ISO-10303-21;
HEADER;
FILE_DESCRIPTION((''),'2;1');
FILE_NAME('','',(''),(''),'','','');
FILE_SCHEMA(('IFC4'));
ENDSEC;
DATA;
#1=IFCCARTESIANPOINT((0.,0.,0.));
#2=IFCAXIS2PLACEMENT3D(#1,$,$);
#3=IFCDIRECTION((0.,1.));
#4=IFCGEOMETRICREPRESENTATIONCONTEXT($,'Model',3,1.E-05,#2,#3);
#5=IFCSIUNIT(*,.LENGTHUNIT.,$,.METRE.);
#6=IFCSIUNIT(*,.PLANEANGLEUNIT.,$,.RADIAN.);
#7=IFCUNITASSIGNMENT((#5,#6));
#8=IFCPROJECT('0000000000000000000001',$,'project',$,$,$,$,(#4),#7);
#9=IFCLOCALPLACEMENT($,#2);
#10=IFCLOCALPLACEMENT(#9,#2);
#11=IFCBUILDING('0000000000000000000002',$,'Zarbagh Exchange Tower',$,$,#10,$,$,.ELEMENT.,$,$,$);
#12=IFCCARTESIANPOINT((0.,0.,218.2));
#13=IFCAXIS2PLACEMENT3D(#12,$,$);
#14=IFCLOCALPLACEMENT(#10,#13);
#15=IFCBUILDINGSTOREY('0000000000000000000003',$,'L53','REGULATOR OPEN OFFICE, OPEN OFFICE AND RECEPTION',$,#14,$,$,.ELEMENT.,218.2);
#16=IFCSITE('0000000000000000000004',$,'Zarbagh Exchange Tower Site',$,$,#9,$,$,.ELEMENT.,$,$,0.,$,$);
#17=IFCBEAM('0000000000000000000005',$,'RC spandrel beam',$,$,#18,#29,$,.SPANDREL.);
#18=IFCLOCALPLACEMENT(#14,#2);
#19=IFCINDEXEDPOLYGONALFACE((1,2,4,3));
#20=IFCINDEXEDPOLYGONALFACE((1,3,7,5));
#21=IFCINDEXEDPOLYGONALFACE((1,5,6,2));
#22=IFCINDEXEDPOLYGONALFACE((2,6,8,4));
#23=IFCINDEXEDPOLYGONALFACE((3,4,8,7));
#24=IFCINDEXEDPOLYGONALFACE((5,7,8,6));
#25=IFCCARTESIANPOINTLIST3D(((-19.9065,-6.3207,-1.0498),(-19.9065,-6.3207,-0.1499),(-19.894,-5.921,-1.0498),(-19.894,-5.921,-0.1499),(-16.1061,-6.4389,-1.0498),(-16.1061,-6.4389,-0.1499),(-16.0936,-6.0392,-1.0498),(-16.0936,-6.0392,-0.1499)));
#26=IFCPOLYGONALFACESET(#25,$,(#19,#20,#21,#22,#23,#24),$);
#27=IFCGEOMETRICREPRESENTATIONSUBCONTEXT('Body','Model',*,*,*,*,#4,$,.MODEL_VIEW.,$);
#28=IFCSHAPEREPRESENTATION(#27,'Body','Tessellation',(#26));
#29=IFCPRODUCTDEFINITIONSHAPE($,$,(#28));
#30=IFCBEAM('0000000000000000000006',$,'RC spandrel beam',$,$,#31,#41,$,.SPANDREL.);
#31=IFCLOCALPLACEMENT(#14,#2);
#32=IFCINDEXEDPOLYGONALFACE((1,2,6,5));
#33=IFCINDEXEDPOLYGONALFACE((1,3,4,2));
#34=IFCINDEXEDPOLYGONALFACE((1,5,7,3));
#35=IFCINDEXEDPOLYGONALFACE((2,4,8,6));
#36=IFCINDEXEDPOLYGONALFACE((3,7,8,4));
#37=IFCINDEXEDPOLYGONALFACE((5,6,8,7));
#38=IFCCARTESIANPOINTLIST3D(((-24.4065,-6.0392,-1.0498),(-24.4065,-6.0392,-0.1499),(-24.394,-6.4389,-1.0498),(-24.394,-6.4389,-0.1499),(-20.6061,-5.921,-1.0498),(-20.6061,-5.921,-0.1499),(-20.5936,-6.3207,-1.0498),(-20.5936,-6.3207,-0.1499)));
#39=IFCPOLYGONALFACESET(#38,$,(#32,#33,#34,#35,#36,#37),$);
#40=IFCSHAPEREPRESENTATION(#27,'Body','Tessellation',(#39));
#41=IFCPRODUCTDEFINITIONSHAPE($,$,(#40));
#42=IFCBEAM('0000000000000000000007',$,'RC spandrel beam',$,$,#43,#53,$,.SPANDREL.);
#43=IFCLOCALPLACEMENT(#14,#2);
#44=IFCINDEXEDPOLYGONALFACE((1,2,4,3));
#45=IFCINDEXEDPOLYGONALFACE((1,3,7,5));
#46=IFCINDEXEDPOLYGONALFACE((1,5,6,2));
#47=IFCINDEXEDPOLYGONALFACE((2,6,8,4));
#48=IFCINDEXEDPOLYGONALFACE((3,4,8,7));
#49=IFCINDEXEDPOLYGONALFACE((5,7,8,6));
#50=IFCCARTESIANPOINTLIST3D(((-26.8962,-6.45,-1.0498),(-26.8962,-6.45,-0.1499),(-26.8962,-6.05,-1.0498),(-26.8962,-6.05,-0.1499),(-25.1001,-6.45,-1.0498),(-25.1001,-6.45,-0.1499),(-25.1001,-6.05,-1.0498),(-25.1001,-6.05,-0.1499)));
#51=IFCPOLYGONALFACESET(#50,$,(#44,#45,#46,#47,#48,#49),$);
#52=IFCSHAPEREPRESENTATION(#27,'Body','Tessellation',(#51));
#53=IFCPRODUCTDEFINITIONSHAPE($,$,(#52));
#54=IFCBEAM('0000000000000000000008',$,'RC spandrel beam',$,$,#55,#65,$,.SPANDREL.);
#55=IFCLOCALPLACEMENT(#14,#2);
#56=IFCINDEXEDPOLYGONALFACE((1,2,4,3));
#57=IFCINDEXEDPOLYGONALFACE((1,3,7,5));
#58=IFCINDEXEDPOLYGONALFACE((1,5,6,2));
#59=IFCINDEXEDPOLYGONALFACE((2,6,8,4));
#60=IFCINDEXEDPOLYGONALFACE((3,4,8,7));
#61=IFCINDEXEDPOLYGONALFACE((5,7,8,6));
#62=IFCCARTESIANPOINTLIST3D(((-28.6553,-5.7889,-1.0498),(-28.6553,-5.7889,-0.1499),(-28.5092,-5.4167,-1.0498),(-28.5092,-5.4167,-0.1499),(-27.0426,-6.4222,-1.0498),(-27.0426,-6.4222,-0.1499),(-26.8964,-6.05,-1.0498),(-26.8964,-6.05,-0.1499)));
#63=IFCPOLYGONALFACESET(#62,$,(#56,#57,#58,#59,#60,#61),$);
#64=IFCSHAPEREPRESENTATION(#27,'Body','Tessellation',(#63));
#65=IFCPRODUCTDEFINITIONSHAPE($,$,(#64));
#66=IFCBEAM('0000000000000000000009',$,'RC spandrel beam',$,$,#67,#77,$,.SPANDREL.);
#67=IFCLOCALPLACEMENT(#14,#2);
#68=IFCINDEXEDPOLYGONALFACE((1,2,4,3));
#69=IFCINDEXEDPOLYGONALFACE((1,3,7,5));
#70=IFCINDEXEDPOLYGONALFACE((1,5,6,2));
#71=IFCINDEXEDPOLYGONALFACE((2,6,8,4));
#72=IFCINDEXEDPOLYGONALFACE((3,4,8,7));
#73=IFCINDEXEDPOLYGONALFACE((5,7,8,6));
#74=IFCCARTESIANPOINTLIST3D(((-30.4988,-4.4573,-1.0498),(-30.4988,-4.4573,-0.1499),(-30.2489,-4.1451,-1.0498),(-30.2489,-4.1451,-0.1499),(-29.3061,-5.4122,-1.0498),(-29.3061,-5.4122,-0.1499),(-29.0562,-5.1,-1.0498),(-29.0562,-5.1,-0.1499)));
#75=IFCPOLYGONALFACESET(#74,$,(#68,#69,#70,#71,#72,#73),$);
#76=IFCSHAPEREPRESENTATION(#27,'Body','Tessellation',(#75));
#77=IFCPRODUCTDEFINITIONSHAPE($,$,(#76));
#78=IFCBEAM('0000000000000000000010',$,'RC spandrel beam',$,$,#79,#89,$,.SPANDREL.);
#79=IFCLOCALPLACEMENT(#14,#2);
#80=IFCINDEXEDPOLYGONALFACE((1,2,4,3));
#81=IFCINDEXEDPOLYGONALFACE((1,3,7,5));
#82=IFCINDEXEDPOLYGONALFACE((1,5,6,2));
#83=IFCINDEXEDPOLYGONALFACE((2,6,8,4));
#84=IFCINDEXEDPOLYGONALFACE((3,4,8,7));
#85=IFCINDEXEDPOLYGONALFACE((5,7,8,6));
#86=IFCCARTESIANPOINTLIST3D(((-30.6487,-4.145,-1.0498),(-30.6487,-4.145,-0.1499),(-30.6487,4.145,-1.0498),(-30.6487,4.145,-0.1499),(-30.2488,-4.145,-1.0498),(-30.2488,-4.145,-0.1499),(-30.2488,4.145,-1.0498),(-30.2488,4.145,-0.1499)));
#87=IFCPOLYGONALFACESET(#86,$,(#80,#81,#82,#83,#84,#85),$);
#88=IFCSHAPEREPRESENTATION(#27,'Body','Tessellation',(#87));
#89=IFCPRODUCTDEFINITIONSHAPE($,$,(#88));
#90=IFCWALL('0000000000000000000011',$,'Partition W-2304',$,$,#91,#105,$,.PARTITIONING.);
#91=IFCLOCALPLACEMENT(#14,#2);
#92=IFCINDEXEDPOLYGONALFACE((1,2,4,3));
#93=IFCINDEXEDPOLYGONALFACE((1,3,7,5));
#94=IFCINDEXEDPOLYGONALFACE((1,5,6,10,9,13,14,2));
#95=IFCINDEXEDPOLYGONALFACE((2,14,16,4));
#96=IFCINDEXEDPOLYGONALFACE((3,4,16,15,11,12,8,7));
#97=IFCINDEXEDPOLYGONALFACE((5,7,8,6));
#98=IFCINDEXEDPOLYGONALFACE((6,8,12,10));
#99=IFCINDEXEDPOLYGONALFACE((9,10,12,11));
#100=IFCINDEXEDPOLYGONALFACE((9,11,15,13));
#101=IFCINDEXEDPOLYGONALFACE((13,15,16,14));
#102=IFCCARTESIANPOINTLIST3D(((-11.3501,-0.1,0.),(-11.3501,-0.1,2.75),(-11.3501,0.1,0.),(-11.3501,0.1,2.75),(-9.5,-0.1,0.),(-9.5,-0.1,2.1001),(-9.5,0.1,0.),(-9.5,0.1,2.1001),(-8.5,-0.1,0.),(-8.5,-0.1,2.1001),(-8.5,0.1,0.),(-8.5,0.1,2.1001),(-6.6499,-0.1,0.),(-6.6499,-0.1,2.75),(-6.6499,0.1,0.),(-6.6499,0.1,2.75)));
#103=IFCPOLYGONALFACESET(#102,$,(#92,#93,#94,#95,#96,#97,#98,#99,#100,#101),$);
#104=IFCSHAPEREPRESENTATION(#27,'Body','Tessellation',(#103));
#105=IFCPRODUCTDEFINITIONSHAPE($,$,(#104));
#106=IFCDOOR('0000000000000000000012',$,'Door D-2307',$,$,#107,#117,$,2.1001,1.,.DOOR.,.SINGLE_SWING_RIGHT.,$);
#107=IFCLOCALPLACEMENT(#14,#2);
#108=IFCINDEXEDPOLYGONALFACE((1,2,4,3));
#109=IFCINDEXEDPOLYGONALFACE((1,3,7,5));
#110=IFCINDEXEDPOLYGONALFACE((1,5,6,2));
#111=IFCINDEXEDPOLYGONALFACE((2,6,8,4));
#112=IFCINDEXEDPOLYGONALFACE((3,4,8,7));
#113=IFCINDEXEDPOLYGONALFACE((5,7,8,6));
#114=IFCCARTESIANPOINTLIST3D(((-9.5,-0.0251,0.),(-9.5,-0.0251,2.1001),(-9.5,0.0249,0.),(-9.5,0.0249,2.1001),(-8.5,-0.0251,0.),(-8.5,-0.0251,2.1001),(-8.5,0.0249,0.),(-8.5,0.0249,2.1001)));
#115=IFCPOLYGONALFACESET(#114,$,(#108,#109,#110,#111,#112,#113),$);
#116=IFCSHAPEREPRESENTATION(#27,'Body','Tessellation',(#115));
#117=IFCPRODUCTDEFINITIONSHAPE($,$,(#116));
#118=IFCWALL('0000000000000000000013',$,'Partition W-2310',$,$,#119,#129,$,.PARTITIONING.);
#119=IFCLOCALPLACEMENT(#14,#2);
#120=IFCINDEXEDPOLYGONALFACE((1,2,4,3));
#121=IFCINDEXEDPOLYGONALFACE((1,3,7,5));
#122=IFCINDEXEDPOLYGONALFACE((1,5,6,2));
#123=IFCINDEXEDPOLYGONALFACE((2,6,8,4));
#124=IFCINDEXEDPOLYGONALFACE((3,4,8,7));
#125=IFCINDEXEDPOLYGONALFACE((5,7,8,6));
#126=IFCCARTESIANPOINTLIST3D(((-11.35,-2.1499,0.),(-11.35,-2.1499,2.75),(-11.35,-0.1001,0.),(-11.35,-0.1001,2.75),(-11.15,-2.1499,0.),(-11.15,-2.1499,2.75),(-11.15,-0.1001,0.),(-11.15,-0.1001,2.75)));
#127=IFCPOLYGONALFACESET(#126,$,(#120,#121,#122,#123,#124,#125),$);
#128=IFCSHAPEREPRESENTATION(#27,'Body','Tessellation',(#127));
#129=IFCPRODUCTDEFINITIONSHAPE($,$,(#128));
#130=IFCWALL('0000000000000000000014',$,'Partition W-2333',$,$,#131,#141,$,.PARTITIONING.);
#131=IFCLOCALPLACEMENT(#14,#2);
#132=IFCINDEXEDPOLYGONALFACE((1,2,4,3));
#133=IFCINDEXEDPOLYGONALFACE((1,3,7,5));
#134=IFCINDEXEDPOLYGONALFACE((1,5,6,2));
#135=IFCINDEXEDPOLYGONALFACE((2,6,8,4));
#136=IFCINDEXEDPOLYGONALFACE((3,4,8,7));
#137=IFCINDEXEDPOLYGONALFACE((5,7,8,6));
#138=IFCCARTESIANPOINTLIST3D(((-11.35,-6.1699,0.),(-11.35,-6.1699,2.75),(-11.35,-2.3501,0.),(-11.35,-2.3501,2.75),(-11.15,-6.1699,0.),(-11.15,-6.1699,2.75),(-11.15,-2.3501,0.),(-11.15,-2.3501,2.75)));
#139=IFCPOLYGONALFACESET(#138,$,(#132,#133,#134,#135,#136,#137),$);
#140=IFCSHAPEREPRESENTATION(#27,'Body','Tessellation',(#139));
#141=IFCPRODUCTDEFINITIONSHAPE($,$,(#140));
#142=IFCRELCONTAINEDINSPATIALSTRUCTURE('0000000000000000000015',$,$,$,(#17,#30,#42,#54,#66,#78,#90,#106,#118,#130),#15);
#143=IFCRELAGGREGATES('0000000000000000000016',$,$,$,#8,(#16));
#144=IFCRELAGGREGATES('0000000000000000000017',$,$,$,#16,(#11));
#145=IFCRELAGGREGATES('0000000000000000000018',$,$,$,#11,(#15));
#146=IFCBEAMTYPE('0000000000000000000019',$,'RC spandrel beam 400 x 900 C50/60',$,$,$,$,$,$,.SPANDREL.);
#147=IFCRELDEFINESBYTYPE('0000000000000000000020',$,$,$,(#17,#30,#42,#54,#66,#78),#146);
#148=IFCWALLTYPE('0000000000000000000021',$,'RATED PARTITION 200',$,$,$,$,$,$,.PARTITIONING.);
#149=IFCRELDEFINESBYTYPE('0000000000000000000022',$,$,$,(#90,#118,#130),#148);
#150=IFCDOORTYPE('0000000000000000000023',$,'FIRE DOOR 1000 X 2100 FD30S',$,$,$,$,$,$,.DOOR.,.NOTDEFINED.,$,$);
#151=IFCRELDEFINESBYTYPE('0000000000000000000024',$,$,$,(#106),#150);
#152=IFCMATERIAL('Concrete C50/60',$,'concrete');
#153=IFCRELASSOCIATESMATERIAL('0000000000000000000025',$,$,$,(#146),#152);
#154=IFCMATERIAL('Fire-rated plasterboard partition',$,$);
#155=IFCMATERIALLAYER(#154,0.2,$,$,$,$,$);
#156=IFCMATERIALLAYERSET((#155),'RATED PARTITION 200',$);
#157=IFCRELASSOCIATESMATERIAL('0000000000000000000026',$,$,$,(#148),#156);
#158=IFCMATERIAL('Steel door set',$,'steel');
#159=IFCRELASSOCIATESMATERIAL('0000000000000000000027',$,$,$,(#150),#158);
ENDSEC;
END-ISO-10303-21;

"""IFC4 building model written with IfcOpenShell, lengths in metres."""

from ifc_helpers import new_model, si_unit, direction, frame, frame_2d, origin, origin_2d, place, context, subcontext, project, spatial, rectangle, extrude, material, layer, layer_set, material_profile, profile_set, type_object, element, fill, save


model = new_model("IFC4")

# Units and contexts
model_context = context("Model", 3, precision=1e-05, world=origin(), true_north=direction((0.0, 1.0)))
body_context = subcontext(model_context, "Body", "Model", "MODEL_VIEW")
ifc_project = project(units=[si_unit("LENGTHUNIT", "METRE"), si_unit("PLANEANGLEUNIT", "RADIAN")], contexts=[model_context])

# Site, building, storey
site_placement = place(None, origin())
site = spatial("IfcSite", under=ifc_project, at=site_placement, Name="Zarbagh Exchange Tower Site", CompositionType="ELEMENT", RefElevation=0.0)
building_placement = place(site_placement, origin())
building = spatial("IfcBuilding", under=site, at=building_placement, Name="Zarbagh Exchange Tower", CompositionType="ELEMENT")
storey_placement = place(building_placement, frame((0.0, 0.0, 218.2)))
storey = spatial("IfcBuildingStorey", under=building, at=storey_placement, Name="L53", Description="REGULATOR OPEN OFFICE, OPEN OFFICE AND RECEPTION", CompositionType="ELEMENT", Elevation=218.2)

# Shared definitions
ifc_material_1 = material(Name="Concrete C50/60", Category="concrete")

# Beams
ifc_material_profile_1 = material_profile(ifc_material_1, rectangle(XDim=0.3999, YDim=0.8999, at=origin_2d()), Name="RC spandrel beam 400 x 900 C50/60")
ifc_profile_set_1 = profile_set([ifc_material_profile_1], Name="Concrete C50/60")
beam_type_1 = type_object("IfcBeamType", Name="RC spandrel beam 400 x 900 C50/60", PredefinedType="SPANDREL", material=ifc_profile_set_1)
for number, where, z_axis, x_axis, name in (
    (1, (-16.0999, -6.239, -0.5999), (-0.999517, 0.031078, 0.0), (-0.031078, -0.999517, 0.0), "RC spandrel beam"),
    (2, (-20.5999, -6.1208, -0.5999), (-0.999517, -0.031078, 0.0), (0.031078, -0.999517, 0.0), "RC spandrel beam"),
):
    element("IfcBeam", number, at=place(storey_placement, frame(where, z_axis=z_axis, x_axis=x_axis)), inside=storey, type_object=beam_type_1, Name=name, PredefinedType="SPANDREL", context=body_context, shape_type="SweptSolid", body=[
        extrude(rectangle(XDim=0.3999, YDim=0.8999, at=origin_2d()), origin(), (0.0, 0.0, 1.0), 3.8022),
    ])
beam_1_placement = place(storey_placement, frame((-25.1001, -6.25, -0.5999), z_axis=(-1.0, 0.0, 0.0), x_axis=(0.0, -1.0, 0.0)))
element("IfcBeam", 3, at=beam_1_placement, inside=storey, type_object=beam_type_1, Name="RC spandrel beam", PredefinedType="SPANDREL", context=body_context, shape_type="SweptSolid", body=[
    extrude(rectangle(XDim=0.3999, YDim=0.8999, at=origin_2d()), origin(), (0.0, 0.0, 1.0), 1.7961),
])
beam_2_placement = place(storey_placement, frame((-26.9695, -6.2361, -0.5999), z_axis=(-0.93081, 0.365504, 0.0), x_axis=(-0.365504, -0.93081, 0.0)))
element("IfcBeam", 4, at=beam_2_placement, inside=storey, type_object=beam_type_1, Name="RC spandrel beam", PredefinedType="SPANDREL", context=body_context, shape_type="SweptSolid", body=[
    extrude(rectangle(XDim=0.3999, YDim=0.8999, at=origin_2d()), origin(), (0.0, 0.0, 1.0), 1.7327),
])
beam_3_placement = place(storey_placement, frame((-29.1812, -5.2561, -0.5999), z_axis=(-0.780635, 0.624987, 0.0), x_axis=(-0.624987, -0.780635, 0.0)))
element("IfcBeam", 5, at=beam_3_placement, inside=storey, type_object=beam_type_1, Name="RC spandrel beam", PredefinedType="SPANDREL", context=body_context, shape_type="SweptSolid", body=[
    extrude(rectangle(XDim=0.3999, YDim=0.8999, at=origin_2d()), origin(), (0.0, 0.0, 1.0), 1.5278),
])
beam_4_placement = place(storey_placement, frame((-30.4487, -4.145, -0.5999), z_axis=(0.0, 1.0, 0.0), x_axis=(-1.0, 0.0, 0.0)))
element("IfcBeam", 6, at=beam_4_placement, inside=storey, type_object=beam_type_1, Name="RC spandrel beam", PredefinedType="SPANDREL", context=body_context, shape_type="SweptSolid", body=[
    extrude(rectangle(XDim=0.3999, YDim=0.8999, at=origin_2d()), origin(), (0.0, 0.0, 1.0), 8.29),
])

# Wall, opening, door
ifc_material_2 = material(Name="Fire-rated plasterboard partition")
ifc_layer = layer(ifc_material_2, 0.2)
ifc_layer_set = layer_set([ifc_layer], Name="RATED PARTITION 200")
wall_type = type_object("IfcWallType", Name="RATED PARTITION 200", PredefinedType="PARTITIONING", material=ifc_layer_set)
wall_1_placement = place(storey_placement, frame((-11.3501, 0.0, 0.0), z_axis=(0.0, 0.0, 1.0), x_axis=(1.0, 0.0, 0.0)))
wall_1 = element("IfcWall", 7, at=wall_1_placement, inside=storey, type_object=wall_type, Name="Partition W-2304", PredefinedType="PARTITIONING", context=body_context, shape_type="SweptSolid", body=[
    extrude(rectangle(XDim=4.7002, YDim=0.2, at=frame_2d((2.3501, 0.0))), origin(), (0.0, 0.0, 1.0), 2.75),
])
opening_placement = place(wall_1_placement, frame((1.8501, 0.0, 0.0)))
opening = element("IfcOpeningElement", 8, at=opening_placement, cuts=wall_1, PredefinedType="OPENING", context=body_context, shape_type="SweptSolid", body=[
    extrude(rectangle(XDim=1.0, YDim=2.1001, at=frame_2d((0.5, 1.05))), frame((0.0, 0.1099, 0.0), z_axis=(0.0, -1.0, 0.0), x_axis=(1.0, 0.0, 0.0)), (0.0, 0.0, 1.0), 0.22),
])
ifc_material_3 = material(Name="Steel door set", Category="steel")
door_type = type_object("IfcDoorType", Name="FIRE DOOR 1000 X 2100 FD30S", OperationType="NOTDEFINED", PredefinedType="DOOR", material=ifc_material_3)
door_placement = place(opening_placement, origin())
door = element("IfcDoor", 9, at=door_placement, inside=storey, type_object=door_type, Name="Door D-2307", OperationType="SINGLE_SWING_RIGHT", OverallHeight=2.1001, OverallWidth=1.0, PredefinedType="DOOR", context=body_context, shape_type="SweptSolid", body=[
    extrude(rectangle(XDim=1.0, YDim=2.1001, at=frame_2d((0.5, 1.05))), frame((0.0, 0.0249, 0.0), z_axis=(0.0, -1.0, 0.0), x_axis=(1.0, 0.0, 0.0)), (0.0, 0.0, 1.0), 0.05),
])
fill(opening, door)

# Walls
wall_2_placement = place(storey_placement, frame((-11.25, -2.1499, 0.0), z_axis=(0.0, 0.0, 1.0), x_axis=(0.0, 1.0, 0.0)))
element("IfcWall", 10, at=wall_2_placement, inside=storey, type_object=wall_type, Name="Partition W-2310", PredefinedType="PARTITIONING", context=body_context, shape_type="SweptSolid", body=[
    extrude(rectangle(XDim=2.0498, YDim=0.2, at=frame_2d((1.0249, 0.0))), origin(), (0.0, 0.0, 1.0), 2.75),
])
wall_3_placement = place(storey_placement, frame((-11.25, -6.1699, 0.0), z_axis=(0.0, 0.0, 1.0), x_axis=(0.0, 1.0, 0.0)))
element("IfcWall", 11, at=wall_3_placement, inside=storey, type_object=wall_type, Name="Partition W-2333", PredefinedType="PARTITIONING", context=body_context, shape_type="SweptSolid", body=[
    extrude(rectangle(XDim=3.8198, YDim=0.2, at=frame_2d((1.9099, 0.0))), origin(), (0.0, 0.0, 1.0), 2.75),
])

save(model, "model.ifc")
